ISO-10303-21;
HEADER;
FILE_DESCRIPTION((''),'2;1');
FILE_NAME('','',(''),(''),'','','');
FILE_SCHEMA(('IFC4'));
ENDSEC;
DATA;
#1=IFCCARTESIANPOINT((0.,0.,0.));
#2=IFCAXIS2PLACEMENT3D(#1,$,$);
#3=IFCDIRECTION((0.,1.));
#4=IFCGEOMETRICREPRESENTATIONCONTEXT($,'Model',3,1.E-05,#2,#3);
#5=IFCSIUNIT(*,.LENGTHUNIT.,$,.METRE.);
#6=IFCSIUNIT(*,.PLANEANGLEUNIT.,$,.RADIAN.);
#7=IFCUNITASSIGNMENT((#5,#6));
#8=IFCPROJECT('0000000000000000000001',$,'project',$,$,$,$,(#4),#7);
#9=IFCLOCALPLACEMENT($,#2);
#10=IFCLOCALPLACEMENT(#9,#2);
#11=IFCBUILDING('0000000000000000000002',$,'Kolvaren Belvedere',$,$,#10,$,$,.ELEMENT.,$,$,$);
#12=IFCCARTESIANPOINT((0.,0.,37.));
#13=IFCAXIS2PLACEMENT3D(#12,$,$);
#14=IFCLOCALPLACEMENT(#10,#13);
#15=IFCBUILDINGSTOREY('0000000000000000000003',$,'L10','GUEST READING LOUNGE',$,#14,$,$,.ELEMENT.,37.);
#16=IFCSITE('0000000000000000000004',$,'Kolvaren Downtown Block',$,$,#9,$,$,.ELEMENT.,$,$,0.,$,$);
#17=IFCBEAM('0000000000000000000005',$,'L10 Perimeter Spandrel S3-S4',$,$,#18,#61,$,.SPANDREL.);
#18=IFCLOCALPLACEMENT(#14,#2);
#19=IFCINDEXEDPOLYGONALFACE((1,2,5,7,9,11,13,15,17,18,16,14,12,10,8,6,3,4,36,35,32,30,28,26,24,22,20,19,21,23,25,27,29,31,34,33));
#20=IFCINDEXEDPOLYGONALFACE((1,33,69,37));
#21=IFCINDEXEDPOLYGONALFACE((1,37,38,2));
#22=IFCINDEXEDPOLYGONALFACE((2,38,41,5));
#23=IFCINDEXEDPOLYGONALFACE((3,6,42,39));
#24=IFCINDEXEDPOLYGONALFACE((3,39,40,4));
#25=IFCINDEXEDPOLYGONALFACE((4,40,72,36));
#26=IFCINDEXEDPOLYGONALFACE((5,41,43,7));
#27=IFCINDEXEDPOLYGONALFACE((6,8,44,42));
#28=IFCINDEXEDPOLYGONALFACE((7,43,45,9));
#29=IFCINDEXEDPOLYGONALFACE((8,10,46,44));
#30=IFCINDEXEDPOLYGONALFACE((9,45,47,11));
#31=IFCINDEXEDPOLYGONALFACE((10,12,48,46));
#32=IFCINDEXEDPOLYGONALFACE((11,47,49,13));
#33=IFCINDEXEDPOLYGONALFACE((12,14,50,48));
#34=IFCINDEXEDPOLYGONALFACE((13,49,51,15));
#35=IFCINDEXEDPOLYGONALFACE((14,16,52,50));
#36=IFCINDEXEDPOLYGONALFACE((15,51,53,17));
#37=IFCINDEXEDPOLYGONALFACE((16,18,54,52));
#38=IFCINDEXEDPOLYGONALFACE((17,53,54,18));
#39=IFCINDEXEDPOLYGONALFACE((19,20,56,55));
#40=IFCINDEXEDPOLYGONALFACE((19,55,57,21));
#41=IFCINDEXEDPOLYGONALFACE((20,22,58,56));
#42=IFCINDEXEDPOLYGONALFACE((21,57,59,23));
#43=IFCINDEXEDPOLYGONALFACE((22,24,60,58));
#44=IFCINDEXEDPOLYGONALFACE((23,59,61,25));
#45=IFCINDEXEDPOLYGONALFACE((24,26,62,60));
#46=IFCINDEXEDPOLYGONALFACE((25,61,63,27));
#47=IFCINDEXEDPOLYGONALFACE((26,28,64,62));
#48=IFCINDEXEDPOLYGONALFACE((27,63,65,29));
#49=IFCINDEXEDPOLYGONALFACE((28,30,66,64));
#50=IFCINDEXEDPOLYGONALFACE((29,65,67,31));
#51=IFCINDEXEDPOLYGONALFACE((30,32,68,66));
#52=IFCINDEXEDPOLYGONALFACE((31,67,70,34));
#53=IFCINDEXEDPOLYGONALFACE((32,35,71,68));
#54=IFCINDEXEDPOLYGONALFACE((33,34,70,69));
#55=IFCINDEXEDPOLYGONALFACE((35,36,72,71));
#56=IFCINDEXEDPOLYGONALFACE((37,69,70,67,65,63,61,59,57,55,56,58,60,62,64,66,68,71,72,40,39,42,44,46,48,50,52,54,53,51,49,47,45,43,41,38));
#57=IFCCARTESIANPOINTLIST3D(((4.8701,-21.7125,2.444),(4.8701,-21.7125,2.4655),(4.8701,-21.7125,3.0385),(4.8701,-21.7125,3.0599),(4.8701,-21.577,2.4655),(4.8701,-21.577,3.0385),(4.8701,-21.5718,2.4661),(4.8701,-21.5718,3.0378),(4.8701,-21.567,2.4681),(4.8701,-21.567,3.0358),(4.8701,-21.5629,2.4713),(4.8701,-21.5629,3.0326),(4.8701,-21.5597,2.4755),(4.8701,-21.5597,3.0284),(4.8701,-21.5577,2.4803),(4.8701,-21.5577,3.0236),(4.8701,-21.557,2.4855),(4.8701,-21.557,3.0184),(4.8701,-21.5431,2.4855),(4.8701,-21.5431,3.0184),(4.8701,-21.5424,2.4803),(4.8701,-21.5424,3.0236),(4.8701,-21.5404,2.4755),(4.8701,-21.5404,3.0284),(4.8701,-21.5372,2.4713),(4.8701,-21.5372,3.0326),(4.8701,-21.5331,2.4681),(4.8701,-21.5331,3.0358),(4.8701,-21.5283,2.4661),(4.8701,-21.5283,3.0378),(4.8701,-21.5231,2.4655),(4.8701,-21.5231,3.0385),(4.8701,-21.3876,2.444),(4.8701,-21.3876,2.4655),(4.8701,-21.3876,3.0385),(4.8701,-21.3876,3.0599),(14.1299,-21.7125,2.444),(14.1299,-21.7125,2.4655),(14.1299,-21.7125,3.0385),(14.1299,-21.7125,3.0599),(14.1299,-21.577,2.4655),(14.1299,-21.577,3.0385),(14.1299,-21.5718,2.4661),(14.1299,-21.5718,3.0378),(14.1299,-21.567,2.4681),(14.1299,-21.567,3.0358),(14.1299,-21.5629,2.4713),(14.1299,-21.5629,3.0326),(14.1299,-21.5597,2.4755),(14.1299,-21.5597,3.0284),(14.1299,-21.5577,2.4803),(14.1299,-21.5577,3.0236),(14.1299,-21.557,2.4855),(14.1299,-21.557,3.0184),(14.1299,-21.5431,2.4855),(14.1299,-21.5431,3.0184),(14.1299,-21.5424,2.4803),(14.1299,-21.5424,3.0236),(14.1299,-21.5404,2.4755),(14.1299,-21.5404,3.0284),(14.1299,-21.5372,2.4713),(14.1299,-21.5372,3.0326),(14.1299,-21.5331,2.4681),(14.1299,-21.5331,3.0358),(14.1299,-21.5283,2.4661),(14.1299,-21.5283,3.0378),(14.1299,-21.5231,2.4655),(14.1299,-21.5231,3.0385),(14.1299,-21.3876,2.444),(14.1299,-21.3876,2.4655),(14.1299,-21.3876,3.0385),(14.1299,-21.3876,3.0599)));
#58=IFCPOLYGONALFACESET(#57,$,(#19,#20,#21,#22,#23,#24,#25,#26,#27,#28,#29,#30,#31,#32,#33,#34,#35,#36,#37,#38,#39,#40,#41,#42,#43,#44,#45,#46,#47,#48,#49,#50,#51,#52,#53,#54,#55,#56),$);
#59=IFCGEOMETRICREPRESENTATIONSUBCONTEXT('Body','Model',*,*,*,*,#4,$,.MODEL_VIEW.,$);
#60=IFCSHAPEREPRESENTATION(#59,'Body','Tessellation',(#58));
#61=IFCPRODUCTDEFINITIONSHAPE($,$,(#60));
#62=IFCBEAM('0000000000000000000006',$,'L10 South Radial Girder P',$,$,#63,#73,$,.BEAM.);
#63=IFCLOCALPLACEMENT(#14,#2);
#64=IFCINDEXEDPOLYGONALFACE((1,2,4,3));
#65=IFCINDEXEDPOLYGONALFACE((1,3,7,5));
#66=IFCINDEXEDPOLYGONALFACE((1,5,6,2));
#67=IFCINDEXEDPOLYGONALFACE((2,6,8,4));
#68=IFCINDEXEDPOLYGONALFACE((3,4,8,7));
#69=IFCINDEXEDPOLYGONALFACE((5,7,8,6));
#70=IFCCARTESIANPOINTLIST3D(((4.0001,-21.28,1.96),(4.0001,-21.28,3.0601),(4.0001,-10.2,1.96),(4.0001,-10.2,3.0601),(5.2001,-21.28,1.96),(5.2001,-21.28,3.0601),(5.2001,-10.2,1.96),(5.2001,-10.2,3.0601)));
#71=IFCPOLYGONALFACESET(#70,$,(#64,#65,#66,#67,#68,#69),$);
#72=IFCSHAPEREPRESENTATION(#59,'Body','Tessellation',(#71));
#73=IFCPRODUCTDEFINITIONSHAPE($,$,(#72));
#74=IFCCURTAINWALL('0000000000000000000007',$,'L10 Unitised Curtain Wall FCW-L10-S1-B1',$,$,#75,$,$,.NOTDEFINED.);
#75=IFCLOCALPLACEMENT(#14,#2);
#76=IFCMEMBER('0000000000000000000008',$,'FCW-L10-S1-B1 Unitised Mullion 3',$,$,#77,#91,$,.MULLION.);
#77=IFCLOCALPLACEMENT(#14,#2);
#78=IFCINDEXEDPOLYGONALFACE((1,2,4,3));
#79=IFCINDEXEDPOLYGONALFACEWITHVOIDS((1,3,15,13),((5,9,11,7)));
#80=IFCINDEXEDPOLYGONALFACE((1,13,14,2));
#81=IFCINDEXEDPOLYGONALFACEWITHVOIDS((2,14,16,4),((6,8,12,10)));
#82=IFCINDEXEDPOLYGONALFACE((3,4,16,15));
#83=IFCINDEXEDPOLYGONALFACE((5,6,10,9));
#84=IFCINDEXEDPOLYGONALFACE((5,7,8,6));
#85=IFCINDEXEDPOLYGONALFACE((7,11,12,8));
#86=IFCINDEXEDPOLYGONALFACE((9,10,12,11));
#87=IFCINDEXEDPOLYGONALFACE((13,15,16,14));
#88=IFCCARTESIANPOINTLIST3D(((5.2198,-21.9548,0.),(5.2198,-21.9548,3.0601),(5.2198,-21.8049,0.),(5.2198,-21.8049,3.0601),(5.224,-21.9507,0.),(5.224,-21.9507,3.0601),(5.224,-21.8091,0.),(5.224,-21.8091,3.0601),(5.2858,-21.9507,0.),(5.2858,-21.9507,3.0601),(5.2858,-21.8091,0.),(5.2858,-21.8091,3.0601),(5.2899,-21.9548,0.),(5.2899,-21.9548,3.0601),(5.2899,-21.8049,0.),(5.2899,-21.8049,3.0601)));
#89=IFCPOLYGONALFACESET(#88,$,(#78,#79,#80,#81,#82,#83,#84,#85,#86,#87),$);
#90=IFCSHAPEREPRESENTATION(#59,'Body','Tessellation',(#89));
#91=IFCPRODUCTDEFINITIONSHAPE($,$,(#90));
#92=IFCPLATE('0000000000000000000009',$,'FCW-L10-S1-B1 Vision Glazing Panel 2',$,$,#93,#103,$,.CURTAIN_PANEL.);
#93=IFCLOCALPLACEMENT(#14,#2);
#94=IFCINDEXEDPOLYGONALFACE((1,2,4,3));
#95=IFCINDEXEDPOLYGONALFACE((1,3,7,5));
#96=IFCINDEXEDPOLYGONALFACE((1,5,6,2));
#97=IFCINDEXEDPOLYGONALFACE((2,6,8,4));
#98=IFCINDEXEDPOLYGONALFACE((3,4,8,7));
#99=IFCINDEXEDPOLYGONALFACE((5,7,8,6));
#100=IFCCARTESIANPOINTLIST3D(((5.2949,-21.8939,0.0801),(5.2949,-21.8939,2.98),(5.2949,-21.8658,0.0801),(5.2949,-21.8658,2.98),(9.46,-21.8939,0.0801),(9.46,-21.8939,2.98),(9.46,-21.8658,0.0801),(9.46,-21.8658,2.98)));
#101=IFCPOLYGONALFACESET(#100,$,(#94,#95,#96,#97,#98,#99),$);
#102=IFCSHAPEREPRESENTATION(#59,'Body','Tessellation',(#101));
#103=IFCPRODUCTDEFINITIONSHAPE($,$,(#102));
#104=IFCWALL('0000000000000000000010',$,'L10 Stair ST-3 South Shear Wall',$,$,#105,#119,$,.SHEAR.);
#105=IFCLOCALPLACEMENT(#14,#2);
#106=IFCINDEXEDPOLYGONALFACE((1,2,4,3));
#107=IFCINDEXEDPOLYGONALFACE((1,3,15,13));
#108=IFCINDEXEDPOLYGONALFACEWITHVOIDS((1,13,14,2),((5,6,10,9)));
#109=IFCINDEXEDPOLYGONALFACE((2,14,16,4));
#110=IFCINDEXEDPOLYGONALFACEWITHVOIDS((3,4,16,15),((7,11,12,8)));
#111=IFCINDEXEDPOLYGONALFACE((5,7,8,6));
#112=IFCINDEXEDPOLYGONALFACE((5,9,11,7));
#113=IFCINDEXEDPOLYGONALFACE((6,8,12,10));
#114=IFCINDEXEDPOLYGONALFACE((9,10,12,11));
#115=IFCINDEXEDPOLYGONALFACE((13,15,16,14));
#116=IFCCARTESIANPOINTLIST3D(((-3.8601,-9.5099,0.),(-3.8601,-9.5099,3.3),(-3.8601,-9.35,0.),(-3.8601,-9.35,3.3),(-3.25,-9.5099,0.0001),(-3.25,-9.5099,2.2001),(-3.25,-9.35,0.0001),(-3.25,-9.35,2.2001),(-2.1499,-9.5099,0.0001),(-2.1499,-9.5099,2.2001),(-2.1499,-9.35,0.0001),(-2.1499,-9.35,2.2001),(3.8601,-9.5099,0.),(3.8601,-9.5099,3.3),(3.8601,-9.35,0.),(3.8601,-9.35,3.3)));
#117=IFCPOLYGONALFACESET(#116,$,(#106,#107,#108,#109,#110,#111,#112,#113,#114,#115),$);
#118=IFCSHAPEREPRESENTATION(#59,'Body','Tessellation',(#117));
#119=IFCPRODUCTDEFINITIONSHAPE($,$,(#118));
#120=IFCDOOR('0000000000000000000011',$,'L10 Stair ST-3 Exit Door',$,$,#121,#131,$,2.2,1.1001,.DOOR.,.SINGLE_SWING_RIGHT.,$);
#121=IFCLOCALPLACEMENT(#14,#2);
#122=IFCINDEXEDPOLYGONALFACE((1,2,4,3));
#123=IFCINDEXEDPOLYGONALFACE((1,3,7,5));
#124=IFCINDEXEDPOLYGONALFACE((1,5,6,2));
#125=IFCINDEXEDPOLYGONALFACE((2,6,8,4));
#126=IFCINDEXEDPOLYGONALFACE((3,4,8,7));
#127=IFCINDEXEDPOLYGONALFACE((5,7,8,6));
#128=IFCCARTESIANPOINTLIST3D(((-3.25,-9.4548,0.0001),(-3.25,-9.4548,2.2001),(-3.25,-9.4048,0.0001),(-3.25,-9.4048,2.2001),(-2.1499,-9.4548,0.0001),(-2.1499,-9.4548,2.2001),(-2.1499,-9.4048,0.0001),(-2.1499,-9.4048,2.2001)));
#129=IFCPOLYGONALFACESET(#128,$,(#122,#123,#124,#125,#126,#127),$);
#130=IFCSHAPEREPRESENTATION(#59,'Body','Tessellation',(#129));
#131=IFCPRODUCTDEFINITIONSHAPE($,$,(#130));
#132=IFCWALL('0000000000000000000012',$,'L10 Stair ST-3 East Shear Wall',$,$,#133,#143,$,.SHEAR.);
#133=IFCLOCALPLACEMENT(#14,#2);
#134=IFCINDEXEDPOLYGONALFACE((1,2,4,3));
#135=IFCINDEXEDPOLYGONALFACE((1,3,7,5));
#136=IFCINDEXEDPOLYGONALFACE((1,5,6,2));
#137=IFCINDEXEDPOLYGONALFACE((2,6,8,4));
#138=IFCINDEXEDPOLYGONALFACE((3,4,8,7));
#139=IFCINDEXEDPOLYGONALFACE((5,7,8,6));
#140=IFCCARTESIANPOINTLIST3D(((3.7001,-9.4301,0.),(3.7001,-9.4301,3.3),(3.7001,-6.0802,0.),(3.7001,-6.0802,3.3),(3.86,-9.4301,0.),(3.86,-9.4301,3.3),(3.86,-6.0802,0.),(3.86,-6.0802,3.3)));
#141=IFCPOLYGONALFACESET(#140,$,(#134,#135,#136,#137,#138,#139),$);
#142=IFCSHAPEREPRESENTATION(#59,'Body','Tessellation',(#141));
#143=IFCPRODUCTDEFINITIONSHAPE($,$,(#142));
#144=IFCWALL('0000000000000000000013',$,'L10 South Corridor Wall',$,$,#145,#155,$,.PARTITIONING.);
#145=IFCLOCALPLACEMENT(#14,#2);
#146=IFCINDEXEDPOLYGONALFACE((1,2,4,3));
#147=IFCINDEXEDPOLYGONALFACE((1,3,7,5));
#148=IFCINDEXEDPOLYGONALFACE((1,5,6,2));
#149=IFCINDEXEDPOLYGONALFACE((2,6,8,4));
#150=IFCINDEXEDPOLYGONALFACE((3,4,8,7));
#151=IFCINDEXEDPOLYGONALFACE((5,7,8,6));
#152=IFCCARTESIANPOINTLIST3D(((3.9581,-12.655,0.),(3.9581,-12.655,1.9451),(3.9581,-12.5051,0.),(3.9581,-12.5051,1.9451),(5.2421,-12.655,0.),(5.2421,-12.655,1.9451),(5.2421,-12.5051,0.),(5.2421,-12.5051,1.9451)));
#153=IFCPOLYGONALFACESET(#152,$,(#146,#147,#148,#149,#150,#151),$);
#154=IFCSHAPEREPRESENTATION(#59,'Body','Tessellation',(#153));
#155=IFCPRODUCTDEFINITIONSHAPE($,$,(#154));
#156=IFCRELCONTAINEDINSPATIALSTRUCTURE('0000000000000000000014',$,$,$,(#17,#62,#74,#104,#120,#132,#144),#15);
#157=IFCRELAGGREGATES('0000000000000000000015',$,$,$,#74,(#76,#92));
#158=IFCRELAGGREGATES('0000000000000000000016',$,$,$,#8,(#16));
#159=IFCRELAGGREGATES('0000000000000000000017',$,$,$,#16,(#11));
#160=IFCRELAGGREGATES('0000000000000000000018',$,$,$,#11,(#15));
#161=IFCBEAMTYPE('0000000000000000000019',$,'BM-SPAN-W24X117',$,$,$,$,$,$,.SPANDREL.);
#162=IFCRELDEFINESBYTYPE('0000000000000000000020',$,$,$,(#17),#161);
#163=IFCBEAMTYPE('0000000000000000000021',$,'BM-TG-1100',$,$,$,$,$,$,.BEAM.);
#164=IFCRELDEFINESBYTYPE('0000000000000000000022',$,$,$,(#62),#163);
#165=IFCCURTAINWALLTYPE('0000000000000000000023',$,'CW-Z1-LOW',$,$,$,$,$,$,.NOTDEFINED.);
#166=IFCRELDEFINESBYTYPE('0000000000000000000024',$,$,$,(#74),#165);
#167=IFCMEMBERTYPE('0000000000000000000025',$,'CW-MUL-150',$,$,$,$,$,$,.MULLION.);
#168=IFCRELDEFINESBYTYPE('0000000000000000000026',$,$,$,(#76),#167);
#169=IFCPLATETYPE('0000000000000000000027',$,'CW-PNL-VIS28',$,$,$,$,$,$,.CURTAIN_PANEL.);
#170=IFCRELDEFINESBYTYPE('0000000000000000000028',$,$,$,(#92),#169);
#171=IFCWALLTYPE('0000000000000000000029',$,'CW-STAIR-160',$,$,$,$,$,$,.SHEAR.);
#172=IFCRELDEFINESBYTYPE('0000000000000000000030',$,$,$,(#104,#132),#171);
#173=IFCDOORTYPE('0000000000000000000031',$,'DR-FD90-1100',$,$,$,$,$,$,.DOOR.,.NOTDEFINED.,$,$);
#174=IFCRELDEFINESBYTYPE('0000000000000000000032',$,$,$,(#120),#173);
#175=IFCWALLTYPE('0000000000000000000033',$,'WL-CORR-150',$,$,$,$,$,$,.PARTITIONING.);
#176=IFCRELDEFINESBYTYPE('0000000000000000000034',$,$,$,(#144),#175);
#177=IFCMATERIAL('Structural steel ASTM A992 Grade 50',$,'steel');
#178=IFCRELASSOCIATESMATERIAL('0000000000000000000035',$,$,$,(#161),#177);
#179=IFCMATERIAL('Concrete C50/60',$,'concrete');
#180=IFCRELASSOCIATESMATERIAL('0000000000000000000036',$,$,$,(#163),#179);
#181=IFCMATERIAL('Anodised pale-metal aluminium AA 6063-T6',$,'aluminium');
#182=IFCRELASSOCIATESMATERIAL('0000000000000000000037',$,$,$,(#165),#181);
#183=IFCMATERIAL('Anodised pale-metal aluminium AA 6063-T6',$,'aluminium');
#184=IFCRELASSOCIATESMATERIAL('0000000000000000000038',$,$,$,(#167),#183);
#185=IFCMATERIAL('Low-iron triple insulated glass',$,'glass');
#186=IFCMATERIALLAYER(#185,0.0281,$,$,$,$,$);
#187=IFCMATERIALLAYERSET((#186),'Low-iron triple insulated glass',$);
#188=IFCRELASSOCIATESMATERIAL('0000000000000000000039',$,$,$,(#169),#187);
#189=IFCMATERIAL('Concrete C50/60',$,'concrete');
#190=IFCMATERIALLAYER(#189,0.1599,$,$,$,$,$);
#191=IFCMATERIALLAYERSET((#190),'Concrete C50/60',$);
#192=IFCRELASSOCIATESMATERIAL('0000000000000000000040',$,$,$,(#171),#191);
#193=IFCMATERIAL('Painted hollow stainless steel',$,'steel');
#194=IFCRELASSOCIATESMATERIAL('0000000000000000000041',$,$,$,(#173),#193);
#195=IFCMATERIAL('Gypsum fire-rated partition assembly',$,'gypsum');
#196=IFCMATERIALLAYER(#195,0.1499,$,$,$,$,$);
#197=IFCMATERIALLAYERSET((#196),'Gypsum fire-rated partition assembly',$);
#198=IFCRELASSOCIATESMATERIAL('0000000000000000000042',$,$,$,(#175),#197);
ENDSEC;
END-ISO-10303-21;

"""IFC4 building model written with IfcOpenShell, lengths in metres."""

from ifc_helpers import new_model, si_unit, direction, frame, frame_2d, origin, origin_2d, place, context, subcontext, project, spatial, rectangle, hollow_rectangle, i_section, extrude, material, layer, layer_set, material_profile, profile_set, type_object, element, fill, aggregate, save


model = new_model("IFC4")

# Units and contexts
model_context = context("Model", 3, precision=1e-05, world=origin(), true_north=direction((0.0, 1.0)))
body_context = subcontext(model_context, "Body", "Model", "MODEL_VIEW")
ifc_project = project(units=[si_unit("LENGTHUNIT", "METRE"), si_unit("PLANEANGLEUNIT", "RADIAN")], contexts=[model_context])

# Site, building, storey
site_placement = place(None, origin())
site = spatial("IfcSite", under=ifc_project, at=site_placement, Name="Kolvaren Downtown Block", CompositionType="ELEMENT", RefElevation=0.0)
building_placement = place(site_placement, origin())
building = spatial("IfcBuilding", under=site, at=building_placement, Name="Kolvaren Belvedere", CompositionType="ELEMENT")
storey_placement = place(building_placement, frame((0.0, 0.0, 37.0)))
storey = spatial("IfcBuildingStorey", under=building, at=storey_placement, Name="L10", Description="GUEST READING LOUNGE", CompositionType="ELEMENT", Elevation=37.0)

# Beams
ifc_material_1 = material(Name="Structural steel ASTM A992 Grade 50", Category="steel")
ifc_material_profile_1 = material_profile(ifc_material_1, i_section(OverallWidth=0.325, OverallDepth=0.616, WebThickness=0.0139, FlangeThickness=0.0215, FilletRadius=0.02, at=origin_2d()), Name="W24X117")
ifc_profile_set_1 = profile_set([ifc_material_profile_1], Name="Structural steel ASTM A992 Grade 50")
beam_type_1 = type_object("IfcBeamType", Name="BM-SPAN-W24X117", PredefinedType="SPANDREL", material=ifc_profile_set_1)
beam_1_placement = place(storey_placement, frame((4.8701, -21.55, 2.752), z_axis=(1.0, 0.0, 0.0), x_axis=(0.0, 1.0, 0.0)))
element("IfcBeam", 1, at=beam_1_placement, inside=storey, type_object=beam_type_1, Name="L10 Perimeter Spandrel S3-S4", PredefinedType="SPANDREL", context=body_context, shape_type="SweptSolid", body=[
    extrude(i_section(OverallWidth=0.325, OverallDepth=0.616, WebThickness=0.0139, FlangeThickness=0.0215, FilletRadius=0.02, at=origin_2d()), origin(), (0.0, 0.0, 1.0), 9.2598),
])
ifc_material_2 = material(Name="Concrete C50/60", Category="concrete")
ifc_material_profile_2 = material_profile(ifc_material_2, rectangle(XDim=1.2, YDim=1.1001, at=origin_2d()), Name="RC 1200X1100")
ifc_profile_set_2 = profile_set([ifc_material_profile_2], Name="Concrete C50/60")
beam_type_2 = type_object("IfcBeamType", Name="BM-TG-1100", PredefinedType="BEAM", material=ifc_profile_set_2)
beam_2_placement = place(storey_placement, frame((4.6001, -10.2, 2.51), z_axis=(0.0, -1.0, 0.0), x_axis=(1.0, 0.0, 0.0)))
element("IfcBeam", 2, at=beam_2_placement, inside=storey, type_object=beam_type_2, Name="L10 South Radial Girder P", PredefinedType="BEAM", context=body_context, shape_type="SweptSolid", body=[
    extrude(rectangle(XDim=1.2, YDim=1.1001, at=origin_2d()), origin(), (0.0, 0.0, 1.0), 11.0801),
])

# Curtain wall, member, plate
ifc_material_3 = material(Name="Anodised pale-metal aluminium AA 6063-T6", Category="aluminium")
curtain_wall_type = type_object("IfcCurtainWallType", Name="CW-Z1-LOW", PredefinedType="NOTDEFINED", material=ifc_material_3)
curtain_wall_placement = place(storey_placement, origin())
curtain_wall = element("IfcCurtainWall", 3, at=curtain_wall_placement, inside=storey, type_object=curtain_wall_type, Name="L10 Unitised Curtain Wall FCW-L10-S1-B1", PredefinedType="NOTDEFINED")
ifc_material_4 = material(Name="Anodised pale-metal aluminium AA 6063-T6", Category="aluminium")
ifc_material_profile_3 = material_profile(ifc_material_4, hollow_rectangle(XDim=0.0701, YDim=0.1499, WallThickness=0.0042, at=origin_2d()), Name="ALU-MUL-150X70")
ifc_profile_set_3 = profile_set([ifc_material_profile_3], Name="Anodised pale-metal aluminium AA 6063-T6")
member_type = type_object("IfcMemberType", Name="CW-MUL-150", PredefinedType="MULLION", material=ifc_profile_set_3)
member_placement = place(storey_placement, frame((5.2549, -21.8799, 0.0), z_axis=(0.0, 0.0, 1.0), x_axis=(1.0, 0.0, 0.0)))
member = element("IfcMember", 4, at=member_placement, type_object=member_type, Name="FCW-L10-S1-B1 Unitised Mullion 3", PredefinedType="MULLION", context=body_context, shape_type="SweptSolid", body=[
    extrude(hollow_rectangle(XDim=0.0701, YDim=0.1499, WallThickness=0.0042, at=origin_2d()), origin(), (0.0, 0.0, 1.0), 3.0601),
])
ifc_material_5 = material(Name="Low-iron triple insulated glass", Category="glass")
ifc_layer_1 = layer(ifc_material_5, 0.0281)
ifc_layer_set_1 = layer_set([ifc_layer_1], Name="Low-iron triple insulated glass")
plate_type = type_object("IfcPlateType", Name="CW-PNL-VIS28", PredefinedType="CURTAIN_PANEL", material=ifc_layer_set_1)
plate_placement = place(storey_placement, frame((7.3774, -21.8799, 0.0801), z_axis=(0.0, 0.0, 1.0), x_axis=(-1.0, 0.0, 0.0)))
plate = element("IfcPlate", 5, at=plate_placement, type_object=plate_type, Name="FCW-L10-S1-B1 Vision Glazing Panel 2", PredefinedType="CURTAIN_PANEL", context=body_context, shape_type="SweptSolid", body=[
    extrude(rectangle(XDim=4.165, YDim=0.0281, at=origin_2d()), origin(), (0.0, 0.0, 1.0), 2.8999),
])
aggregate(curtain_wall, [member, plate])

# Wall, opening, door
ifc_material_6 = material(Name="Concrete C50/60", Category="concrete")
ifc_layer_2 = layer(ifc_material_6, 0.1599)
ifc_layer_set_2 = layer_set([ifc_layer_2], Name="Concrete C50/60")
wall_type_1 = type_object("IfcWallType", Name="CW-STAIR-160", PredefinedType="SHEAR", material=ifc_layer_set_2)
wall_1_placement = place(storey_placement, frame((3.8601, -9.4299, 0.0), z_axis=(0.0, 0.0, 1.0), x_axis=(-1.0, 0.0, 0.0)))
wall_1 = element("IfcWall", 6, at=wall_1_placement, inside=storey, type_object=wall_type_1, Name="L10 Stair ST-3 South Shear Wall", PredefinedType="SHEAR", context=body_context, shape_type="SweptSolid", body=[
    extrude(rectangle(XDim=7.7202, YDim=0.1599, at=frame_2d((3.8601, 0.0))), origin(), (0.0, 0.0, 1.0), 3.3),
])
opening_1_placement = place(wall_1_placement, frame((6.01, 0.0, 0.0)))
opening_1 = element("IfcOpeningElement", 7, at=opening_1_placement, cuts=wall_1, PredefinedType="OPENING", context=body_context, shape_type="SweptSolid", body=[
    extrude(rectangle(XDim=1.1001, YDim=2.2, at=frame_2d((0.55, 1.1001))), frame((0.0, 0.0898, 0.0), z_axis=(0.0, -1.0, 0.0), x_axis=(1.0, 0.0, 0.0)), (0.0, 0.0, 1.0), 0.1799),
])
ifc_material_7 = material(Name="Painted hollow stainless steel", Category="steel")
door_type_1 = type_object("IfcDoorType", Name="DR-FD90-1100", OperationType="NOTDEFINED", PredefinedType="DOOR", material=ifc_material_7)
door_1_placement = place(opening_1_placement, origin())
door_1 = element("IfcDoor", 8, at=door_1_placement, inside=storey, type_object=door_type_1, Name="L10 Stair ST-3 Exit Door", OperationType="SINGLE_SWING_RIGHT", OverallHeight=2.2, OverallWidth=1.1001, PredefinedType="DOOR", context=body_context, shape_type="SweptSolid", body=[
    extrude(rectangle(XDim=1.1001, YDim=2.2, at=frame_2d((0.55, 1.1001))), frame((0.0, 0.0249, 0.0), z_axis=(0.0, -1.0, 0.0), x_axis=(1.0, 0.0, 0.0)), (0.0, 0.0, 1.0), 0.05),
])
fill(opening_1, door_1)

# Walls
wall_2_placement = place(storey_placement, frame((3.78, -9.4299, 0.0), z_axis=(0.0, 0.0, 1.0), x_axis=(0.0, 1.0, 0.0)))
element("IfcWall", 9, at=wall_2_placement, inside=storey, type_object=wall_type_1, Name="L10 Stair ST-3 East Shear Wall", PredefinedType="SHEAR", context=body_context, shape_type="SweptSolid", body=[
    extrude(rectangle(XDim=3.3499, YDim=0.1599, at=frame_2d((1.6748, 0.0))), origin(), (0.0, 0.0, 1.0), 3.3),
])
ifc_material_8 = material(Name="Gypsum fire-rated partition assembly", Category="gypsum")
ifc_layer_3 = layer(ifc_material_8, 0.1499)
ifc_layer_set_3 = layer_set([ifc_layer_3], Name="Gypsum fire-rated partition assembly")
wall_type_2 = type_object("IfcWallType", Name="WL-CORR-150", PredefinedType="PARTITIONING", material=ifc_layer_set_3)
wall_3_placement = place(storey_placement, frame((3.958, -12.5801, 0.0), z_axis=(0.0, 0.0, 1.0), x_axis=(1.0, 0.0, 0.0)))
element("IfcWall", 10, at=wall_3_placement, inside=storey, type_object=wall_type_2, Name="L10 South Corridor Wall", PredefinedType="PARTITIONING", context=body_context, shape_type="SweptSolid", body=[
    extrude(rectangle(XDim=1.2839, YDim=0.1499, at=frame_2d((0.6421, 0.0))), origin(), (0.0, 0.0, 1.0), 1.9451),
])

save(model, "model.ifc")
